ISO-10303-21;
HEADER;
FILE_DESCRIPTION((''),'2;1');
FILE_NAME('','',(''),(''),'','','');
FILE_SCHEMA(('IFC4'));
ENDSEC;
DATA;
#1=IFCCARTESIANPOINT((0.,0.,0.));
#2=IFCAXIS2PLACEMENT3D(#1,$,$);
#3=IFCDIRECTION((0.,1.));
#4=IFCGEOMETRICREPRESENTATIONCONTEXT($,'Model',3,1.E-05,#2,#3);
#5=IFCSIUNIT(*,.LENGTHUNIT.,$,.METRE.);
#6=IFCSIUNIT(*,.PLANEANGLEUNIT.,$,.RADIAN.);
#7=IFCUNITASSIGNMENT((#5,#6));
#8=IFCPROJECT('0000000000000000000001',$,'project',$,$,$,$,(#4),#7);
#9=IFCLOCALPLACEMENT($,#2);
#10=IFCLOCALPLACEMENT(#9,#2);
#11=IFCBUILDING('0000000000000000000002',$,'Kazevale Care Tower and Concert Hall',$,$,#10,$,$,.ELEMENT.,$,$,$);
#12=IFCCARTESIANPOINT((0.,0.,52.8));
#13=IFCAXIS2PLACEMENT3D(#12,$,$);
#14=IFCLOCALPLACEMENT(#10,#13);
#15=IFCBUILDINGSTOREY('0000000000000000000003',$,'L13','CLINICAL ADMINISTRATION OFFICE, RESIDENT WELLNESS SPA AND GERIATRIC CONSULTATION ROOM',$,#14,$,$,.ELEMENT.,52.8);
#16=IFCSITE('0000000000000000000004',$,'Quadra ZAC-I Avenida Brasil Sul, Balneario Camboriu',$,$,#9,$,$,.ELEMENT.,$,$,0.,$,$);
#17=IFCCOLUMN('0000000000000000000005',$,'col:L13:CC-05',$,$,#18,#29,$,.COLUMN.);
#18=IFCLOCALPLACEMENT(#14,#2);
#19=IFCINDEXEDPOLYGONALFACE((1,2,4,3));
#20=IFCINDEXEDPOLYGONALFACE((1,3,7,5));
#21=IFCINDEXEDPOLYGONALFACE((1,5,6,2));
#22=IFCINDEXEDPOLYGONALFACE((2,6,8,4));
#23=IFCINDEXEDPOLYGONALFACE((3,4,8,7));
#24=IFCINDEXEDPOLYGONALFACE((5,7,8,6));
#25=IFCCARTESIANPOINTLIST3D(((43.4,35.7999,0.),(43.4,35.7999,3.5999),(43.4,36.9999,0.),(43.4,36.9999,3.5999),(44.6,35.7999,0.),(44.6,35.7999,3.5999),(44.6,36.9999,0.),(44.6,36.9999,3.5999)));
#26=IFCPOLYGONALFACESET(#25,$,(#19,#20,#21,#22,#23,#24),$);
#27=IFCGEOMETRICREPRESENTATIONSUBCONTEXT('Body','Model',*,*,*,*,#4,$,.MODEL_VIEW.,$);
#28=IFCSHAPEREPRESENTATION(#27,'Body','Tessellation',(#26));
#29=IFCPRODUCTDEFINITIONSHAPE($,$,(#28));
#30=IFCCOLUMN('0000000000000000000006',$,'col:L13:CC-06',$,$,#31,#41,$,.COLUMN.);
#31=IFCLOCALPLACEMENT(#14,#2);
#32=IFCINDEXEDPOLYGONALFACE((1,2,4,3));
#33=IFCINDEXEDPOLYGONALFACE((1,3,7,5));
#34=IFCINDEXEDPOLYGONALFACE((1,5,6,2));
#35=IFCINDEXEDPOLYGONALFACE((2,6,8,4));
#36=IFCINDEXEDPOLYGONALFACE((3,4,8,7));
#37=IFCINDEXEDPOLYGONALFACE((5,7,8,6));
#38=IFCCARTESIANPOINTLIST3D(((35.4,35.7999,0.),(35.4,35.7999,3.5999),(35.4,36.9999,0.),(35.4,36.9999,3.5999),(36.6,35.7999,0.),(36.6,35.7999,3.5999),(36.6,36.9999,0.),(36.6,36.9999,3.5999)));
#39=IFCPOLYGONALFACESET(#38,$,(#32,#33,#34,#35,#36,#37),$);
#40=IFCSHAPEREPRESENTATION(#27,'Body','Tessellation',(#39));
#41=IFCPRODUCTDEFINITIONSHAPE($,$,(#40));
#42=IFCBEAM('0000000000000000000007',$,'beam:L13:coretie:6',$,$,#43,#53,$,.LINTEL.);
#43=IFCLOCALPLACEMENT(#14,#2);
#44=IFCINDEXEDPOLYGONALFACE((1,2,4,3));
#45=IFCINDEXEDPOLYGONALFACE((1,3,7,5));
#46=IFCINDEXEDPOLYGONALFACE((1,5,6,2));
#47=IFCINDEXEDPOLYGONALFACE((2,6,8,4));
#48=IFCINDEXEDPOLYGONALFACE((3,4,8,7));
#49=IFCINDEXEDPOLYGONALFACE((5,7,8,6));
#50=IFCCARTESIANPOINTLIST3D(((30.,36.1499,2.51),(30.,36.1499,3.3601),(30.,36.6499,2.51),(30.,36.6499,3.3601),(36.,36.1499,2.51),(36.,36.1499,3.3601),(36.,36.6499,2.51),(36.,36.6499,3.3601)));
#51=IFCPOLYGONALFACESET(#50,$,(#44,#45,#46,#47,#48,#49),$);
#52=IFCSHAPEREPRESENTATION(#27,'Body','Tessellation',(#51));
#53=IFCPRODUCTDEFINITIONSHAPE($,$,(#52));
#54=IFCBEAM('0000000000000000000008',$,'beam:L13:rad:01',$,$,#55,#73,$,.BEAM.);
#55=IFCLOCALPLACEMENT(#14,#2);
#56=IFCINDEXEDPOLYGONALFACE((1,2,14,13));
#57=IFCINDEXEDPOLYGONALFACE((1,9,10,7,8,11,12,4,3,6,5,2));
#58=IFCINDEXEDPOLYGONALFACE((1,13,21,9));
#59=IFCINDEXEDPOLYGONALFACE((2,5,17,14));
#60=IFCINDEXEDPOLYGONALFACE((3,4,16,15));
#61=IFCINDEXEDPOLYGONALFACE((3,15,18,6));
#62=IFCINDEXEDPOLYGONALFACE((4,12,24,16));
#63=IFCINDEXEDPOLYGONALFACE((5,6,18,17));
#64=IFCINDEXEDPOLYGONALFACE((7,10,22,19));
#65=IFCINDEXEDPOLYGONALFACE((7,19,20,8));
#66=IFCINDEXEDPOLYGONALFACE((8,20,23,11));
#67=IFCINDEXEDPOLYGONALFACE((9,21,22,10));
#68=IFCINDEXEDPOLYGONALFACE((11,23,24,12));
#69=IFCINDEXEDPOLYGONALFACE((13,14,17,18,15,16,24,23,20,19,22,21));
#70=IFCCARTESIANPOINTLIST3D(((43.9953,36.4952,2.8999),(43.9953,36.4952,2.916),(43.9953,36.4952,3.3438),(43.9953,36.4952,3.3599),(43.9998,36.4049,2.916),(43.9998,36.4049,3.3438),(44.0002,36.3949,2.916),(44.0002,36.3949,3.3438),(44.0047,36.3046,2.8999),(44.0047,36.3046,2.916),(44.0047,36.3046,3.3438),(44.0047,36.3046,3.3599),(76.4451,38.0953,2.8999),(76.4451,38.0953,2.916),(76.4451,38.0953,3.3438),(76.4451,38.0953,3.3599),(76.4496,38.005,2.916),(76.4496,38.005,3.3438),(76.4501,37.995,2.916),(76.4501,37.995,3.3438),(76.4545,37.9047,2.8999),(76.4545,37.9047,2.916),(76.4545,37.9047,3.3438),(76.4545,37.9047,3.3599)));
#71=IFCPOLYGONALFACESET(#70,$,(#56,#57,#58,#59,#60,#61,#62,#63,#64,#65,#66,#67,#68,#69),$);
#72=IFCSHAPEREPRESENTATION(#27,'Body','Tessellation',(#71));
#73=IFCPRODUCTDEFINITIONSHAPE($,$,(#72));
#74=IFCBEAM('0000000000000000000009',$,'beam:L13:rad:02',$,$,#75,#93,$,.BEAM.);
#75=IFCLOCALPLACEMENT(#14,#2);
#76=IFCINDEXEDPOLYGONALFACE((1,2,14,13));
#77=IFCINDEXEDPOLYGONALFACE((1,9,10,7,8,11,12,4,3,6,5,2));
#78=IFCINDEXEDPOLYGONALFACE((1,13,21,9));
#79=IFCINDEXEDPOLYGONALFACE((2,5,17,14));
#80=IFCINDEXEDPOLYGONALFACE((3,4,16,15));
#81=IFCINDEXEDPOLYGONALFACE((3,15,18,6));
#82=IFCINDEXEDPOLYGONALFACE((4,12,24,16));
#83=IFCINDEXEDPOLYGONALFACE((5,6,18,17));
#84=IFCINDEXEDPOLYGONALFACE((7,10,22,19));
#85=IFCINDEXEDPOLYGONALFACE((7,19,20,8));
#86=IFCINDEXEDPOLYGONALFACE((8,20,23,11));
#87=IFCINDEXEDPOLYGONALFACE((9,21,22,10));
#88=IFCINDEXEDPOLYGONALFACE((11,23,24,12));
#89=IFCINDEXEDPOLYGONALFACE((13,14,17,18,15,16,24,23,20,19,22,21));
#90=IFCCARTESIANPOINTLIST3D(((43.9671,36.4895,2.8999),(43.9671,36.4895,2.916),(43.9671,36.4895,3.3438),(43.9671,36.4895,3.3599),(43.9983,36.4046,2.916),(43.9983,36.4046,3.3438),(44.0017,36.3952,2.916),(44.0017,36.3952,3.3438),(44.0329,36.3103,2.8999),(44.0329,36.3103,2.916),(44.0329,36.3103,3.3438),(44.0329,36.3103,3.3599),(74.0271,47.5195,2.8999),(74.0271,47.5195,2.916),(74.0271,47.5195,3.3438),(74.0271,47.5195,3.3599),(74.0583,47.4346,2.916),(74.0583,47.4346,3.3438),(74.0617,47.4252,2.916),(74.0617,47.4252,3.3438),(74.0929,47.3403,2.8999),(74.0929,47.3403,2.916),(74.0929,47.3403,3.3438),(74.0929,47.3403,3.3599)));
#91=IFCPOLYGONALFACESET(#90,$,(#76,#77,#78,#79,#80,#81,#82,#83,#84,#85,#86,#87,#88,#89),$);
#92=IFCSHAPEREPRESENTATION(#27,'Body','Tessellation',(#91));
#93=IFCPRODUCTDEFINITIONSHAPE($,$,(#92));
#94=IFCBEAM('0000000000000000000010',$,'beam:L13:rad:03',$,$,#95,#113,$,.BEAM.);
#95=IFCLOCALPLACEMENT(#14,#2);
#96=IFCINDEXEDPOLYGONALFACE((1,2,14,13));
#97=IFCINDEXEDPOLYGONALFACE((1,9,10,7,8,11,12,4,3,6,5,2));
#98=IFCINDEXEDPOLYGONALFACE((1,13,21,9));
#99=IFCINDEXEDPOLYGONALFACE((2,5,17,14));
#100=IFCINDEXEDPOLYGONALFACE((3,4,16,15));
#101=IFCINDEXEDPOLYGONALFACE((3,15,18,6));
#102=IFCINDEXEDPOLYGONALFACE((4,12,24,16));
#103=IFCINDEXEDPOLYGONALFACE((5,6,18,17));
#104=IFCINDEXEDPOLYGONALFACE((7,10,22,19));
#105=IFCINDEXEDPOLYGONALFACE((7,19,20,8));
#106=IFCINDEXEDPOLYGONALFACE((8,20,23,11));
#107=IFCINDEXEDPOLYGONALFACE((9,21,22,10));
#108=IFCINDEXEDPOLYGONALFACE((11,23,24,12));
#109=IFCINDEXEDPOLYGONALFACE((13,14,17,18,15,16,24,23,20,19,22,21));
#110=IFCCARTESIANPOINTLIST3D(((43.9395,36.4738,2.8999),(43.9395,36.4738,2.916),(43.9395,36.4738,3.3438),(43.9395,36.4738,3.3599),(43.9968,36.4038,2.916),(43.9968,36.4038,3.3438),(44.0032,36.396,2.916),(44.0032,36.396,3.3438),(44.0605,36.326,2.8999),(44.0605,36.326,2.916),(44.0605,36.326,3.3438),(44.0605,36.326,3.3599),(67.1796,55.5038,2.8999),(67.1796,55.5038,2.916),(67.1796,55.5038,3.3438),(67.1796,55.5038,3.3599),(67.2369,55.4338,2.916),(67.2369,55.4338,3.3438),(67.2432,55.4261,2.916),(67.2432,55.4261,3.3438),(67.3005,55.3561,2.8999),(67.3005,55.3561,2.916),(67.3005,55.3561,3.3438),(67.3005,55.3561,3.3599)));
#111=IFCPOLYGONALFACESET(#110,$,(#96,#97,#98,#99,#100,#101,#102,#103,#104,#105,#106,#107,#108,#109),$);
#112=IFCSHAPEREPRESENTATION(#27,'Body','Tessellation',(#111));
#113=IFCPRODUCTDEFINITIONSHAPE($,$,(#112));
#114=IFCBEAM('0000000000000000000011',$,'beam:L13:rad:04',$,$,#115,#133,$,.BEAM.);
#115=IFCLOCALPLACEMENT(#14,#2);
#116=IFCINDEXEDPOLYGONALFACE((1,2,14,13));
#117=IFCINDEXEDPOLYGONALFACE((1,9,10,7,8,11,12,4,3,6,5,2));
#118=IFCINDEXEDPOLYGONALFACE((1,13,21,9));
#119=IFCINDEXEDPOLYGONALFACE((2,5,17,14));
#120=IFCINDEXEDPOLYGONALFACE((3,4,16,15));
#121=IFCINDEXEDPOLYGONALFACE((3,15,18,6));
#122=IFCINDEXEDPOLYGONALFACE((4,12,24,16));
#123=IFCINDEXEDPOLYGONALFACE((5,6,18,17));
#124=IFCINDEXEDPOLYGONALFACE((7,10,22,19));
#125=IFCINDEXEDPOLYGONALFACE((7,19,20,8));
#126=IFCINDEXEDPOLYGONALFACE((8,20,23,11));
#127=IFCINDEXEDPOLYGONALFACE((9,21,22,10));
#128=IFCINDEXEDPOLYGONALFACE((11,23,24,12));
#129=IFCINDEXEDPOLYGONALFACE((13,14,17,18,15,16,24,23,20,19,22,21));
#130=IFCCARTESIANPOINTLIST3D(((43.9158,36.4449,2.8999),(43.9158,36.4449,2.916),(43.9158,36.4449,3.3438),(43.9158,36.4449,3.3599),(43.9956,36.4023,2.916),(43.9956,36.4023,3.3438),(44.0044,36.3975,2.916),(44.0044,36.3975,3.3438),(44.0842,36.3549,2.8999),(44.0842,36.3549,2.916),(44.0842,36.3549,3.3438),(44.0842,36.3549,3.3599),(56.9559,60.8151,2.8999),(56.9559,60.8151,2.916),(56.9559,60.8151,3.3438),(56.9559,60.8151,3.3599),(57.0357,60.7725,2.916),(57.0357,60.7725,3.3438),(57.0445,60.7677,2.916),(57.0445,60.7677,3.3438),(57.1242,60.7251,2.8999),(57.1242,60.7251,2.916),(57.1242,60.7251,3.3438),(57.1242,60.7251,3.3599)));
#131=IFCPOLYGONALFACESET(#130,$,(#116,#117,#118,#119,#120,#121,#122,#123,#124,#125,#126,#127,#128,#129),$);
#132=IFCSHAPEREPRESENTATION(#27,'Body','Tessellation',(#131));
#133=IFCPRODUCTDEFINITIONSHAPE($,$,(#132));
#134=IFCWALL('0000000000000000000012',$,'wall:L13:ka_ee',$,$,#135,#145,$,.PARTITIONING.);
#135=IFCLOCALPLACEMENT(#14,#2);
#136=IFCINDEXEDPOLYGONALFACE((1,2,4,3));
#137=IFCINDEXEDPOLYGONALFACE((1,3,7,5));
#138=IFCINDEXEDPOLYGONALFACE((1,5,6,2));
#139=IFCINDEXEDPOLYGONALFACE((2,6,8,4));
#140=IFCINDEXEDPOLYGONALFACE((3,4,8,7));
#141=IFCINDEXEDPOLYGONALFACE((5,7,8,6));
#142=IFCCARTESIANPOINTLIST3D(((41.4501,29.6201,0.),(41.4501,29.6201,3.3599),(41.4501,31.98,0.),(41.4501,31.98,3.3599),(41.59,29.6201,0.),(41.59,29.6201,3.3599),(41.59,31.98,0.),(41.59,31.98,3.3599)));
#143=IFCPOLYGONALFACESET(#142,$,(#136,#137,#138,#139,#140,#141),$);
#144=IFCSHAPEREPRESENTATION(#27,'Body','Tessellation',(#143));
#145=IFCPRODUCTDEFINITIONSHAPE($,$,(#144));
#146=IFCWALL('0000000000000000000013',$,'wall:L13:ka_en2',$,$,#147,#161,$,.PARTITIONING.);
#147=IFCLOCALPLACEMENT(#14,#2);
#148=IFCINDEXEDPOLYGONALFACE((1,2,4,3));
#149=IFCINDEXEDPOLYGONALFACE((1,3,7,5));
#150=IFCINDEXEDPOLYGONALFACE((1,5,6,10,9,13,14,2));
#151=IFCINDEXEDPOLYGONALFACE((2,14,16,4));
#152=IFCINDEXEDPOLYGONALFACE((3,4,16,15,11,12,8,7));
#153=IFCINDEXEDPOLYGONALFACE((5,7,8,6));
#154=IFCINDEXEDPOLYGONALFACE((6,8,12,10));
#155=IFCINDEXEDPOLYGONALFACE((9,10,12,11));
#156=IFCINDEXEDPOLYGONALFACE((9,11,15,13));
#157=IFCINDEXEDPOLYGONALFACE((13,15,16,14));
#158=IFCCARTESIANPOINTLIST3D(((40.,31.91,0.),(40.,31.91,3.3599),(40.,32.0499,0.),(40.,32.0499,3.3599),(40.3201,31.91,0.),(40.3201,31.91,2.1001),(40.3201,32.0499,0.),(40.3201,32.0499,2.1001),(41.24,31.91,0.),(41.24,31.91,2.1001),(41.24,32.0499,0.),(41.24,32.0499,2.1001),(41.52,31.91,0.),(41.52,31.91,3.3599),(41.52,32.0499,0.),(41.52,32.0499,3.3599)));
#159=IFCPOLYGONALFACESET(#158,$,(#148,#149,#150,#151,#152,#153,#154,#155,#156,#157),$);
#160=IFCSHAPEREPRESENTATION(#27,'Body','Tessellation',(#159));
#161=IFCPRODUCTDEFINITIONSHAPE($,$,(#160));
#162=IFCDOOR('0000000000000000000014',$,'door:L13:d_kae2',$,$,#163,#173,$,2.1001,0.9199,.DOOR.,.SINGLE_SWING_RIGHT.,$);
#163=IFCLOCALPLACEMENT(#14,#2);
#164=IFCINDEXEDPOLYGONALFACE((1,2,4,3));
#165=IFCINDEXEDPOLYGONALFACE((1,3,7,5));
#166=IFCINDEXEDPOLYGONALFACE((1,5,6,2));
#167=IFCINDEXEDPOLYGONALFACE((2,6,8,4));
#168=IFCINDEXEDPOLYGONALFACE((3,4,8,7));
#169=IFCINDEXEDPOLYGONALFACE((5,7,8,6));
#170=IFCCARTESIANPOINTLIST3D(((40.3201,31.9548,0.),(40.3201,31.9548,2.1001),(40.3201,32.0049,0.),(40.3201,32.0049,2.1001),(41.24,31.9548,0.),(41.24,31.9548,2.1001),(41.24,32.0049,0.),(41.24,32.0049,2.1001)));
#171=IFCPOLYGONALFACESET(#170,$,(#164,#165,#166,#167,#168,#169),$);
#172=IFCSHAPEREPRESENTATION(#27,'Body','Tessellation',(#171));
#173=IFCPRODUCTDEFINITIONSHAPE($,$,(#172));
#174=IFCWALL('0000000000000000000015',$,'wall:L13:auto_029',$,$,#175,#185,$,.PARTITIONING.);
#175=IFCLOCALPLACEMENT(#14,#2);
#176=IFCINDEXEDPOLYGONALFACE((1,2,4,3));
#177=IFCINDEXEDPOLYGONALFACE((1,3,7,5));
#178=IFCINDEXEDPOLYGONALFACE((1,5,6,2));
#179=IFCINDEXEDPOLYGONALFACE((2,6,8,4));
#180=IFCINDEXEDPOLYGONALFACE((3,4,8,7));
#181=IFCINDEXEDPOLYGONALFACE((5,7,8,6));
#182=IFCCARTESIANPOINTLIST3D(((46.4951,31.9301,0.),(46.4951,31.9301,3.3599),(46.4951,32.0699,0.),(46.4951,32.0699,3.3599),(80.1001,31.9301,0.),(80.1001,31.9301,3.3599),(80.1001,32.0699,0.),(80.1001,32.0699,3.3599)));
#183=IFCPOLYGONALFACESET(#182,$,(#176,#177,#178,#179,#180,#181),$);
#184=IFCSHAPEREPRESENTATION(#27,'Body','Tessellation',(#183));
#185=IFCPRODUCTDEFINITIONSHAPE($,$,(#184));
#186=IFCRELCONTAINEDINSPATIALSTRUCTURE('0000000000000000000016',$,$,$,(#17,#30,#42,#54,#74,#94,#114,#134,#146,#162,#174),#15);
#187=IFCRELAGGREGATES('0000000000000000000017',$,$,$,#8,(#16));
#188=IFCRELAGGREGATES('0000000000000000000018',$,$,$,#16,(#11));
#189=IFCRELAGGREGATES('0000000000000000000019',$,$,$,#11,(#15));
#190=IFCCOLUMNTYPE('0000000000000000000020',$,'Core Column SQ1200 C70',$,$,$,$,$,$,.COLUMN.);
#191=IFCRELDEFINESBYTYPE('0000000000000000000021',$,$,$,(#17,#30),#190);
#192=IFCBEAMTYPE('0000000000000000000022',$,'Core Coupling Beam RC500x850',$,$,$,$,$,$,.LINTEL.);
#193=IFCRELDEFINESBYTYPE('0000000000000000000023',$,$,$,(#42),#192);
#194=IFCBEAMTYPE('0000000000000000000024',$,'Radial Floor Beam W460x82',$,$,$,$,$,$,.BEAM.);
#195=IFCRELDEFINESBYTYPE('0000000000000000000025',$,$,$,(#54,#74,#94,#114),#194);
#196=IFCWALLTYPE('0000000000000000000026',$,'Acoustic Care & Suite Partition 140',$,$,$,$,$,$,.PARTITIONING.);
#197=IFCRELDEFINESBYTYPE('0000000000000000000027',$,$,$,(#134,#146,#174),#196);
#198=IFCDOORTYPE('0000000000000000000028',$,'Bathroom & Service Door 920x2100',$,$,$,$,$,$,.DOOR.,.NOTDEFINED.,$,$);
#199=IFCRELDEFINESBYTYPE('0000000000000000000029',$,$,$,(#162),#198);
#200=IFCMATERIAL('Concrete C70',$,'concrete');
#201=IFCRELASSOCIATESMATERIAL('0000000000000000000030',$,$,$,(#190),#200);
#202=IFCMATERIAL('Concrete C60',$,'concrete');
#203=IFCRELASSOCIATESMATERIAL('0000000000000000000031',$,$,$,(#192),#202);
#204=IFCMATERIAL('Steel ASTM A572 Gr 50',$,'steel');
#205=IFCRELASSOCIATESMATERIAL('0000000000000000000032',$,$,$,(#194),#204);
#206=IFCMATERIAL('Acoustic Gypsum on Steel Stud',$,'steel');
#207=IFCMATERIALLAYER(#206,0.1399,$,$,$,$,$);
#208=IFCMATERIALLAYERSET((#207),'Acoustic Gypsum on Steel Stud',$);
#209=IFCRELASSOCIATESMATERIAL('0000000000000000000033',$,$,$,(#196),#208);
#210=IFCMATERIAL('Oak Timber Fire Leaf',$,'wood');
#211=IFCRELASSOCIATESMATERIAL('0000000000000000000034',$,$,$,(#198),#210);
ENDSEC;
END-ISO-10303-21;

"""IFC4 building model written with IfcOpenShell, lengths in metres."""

from ifc_helpers import new_model, si_unit, direction, frame, frame_2d, origin, origin_2d, place, context, subcontext, project, spatial, rectangle, i_section, extrude, material, layer, layer_set, material_profile, profile_set, type_object, element, fill, save


model = new_model("IFC4")

# Units and contexts
model_context = context("Model", 3, precision=1e-05, world=origin(), true_north=direction((0.0, 1.0)))
body_context = subcontext(model_context, "Body", "Model", "MODEL_VIEW")
ifc_project = project(units=[si_unit("LENGTHUNIT", "METRE"), si_unit("PLANEANGLEUNIT", "RADIAN")], contexts=[model_context])

# Site, building, storey
site_placement = place(None, origin())
site = spatial("IfcSite", under=ifc_project, at=site_placement, Name="Quadra ZAC-I Avenida Brasil Sul, Balneario Camboriu", CompositionType="ELEMENT", RefElevation=0.0)
building_placement = place(site_placement, origin())
building = spatial("IfcBuilding", under=site, at=building_placement, Name="Kazevale Care Tower and Concert Hall", CompositionType="ELEMENT")
storey_placement = place(building_placement, frame((0.0, 0.0, 52.8)))
storey = spatial("IfcBuildingStorey", under=building, at=storey_placement, Name="L13", Description="CLINICAL ADMINISTRATION OFFICE, RESIDENT WELLNESS SPA AND GERIATRIC CONSULTATION ROOM", CompositionType="ELEMENT", Elevation=52.8)

# Columns
ifc_material_1 = material(Name="Concrete C70", Category="concrete")
ifc_material_profile_1 = material_profile(ifc_material_1, rectangle(XDim=1.2, YDim=1.2, at=origin_2d()), Name="RC-SQ1200")
ifc_profile_set_1 = profile_set([ifc_material_profile_1], Name="Concrete C70")
column_type = type_object("IfcColumnType", Name="Core Column SQ1200 C70", PredefinedType="COLUMN", material=ifc_profile_set_1)
for number, where, z_axis, x_axis, name in (
    (1, (44.0, 36.3999, 0.0), (0.0, 0.0, 1.0), (1.0, 0.0, 0.0), "col:L13:CC-05"),
    (2, (36.0, 36.3999, 0.0), (0.0, 0.0, 1.0), (1.0, 0.0, 0.0), "col:L13:CC-06"),
):
    element("IfcColumn", number, at=place(storey_placement, frame(where, z_axis=z_axis, x_axis=x_axis)), inside=storey, type_object=column_type, Name=name, PredefinedType="COLUMN", context=body_context, shape_type="SweptSolid", body=[
        extrude(rectangle(XDim=1.2, YDim=1.2, at=origin_2d()), origin(), (0.0, 0.0, 1.0), 3.5999),
    ])

# Beams
ifc_material_2 = material(Name="Concrete C60", Category="concrete")
ifc_material_profile_2 = material_profile(ifc_material_2, rectangle(XDim=0.5, YDim=0.8501, at=origin_2d()), Name="RC-B500x850")
ifc_profile_set_2 = profile_set([ifc_material_profile_2], Name="Concrete C60")
beam_type_1 = type_object("IfcBeamType", Name="Core Coupling Beam RC500x850", PredefinedType="LINTEL", material=ifc_profile_set_2)
beam_1_placement = place(storey_placement, frame((36.0, 36.3999, 2.9351), z_axis=(-1.0, 0.0, 0.0), x_axis=(0.0, -1.0, 0.0)))
element("IfcBeam", 3, at=beam_1_placement, inside=storey, type_object=beam_type_1, Name="beam:L13:coretie:6", PredefinedType="LINTEL", context=body_context, shape_type="SweptSolid", body=[
    extrude(rectangle(XDim=0.5, YDim=0.8501, at=origin_2d()), origin(), (0.0, 0.0, 1.0), 6.0),
])
ifc_material_3 = material(Name="Steel ASTM A572 Gr 50", Category="steel")
ifc_material_profile_3 = material_profile(ifc_material_3, i_section(OverallWidth=0.1909, OverallDepth=0.46, WebThickness=0.01, FlangeThickness=0.0161, at=origin_2d()), Name="W460x82")
ifc_profile_set_3 = profile_set([ifc_material_profile_3], Name="Steel ASTM A572 Gr 50")
beam_type_2 = type_object("IfcBeamType", Name="Radial Floor Beam W460x82", PredefinedType="BEAM", material=ifc_profile_set_3)
beam_2_placement = place(storey_placement, frame((44.0, 36.3999, 3.1299), z_axis=(0.998786, 0.04925, 0.0), x_axis=(-0.04925, 0.998786, 0.0)))
element("IfcBeam", 4, at=beam_2_placement, inside=storey, type_object=beam_type_2, Name="beam:L13:rad:01", PredefinedType="BEAM", context=body_context, shape_type="SweptSolid", body=[
    extrude(i_section(OverallWidth=0.1909, OverallDepth=0.46, WebThickness=0.01, FlangeThickness=0.0161, at=origin_2d()), origin(), (0.0, 0.0, 1.0), 32.4893),
])
beam_3_placement = place(storey_placement, frame((44.0, 36.3999, 3.1299), z_axis=(0.938795, 0.344475, 0.0), x_axis=(-0.344475, 0.938795, 0.0)))
element("IfcBeam", 5, at=beam_3_placement, inside=storey, type_object=beam_type_2, Name="beam:L13:rad:02", PredefinedType="BEAM", context=body_context, shape_type="SweptSolid", body=[
    extrude(i_section(OverallWidth=0.1909, OverallDepth=0.46, WebThickness=0.01, FlangeThickness=0.0161, at=origin_2d()), origin(), (0.0, 0.0, 1.0), 32.0198),
])
beam_4_placement = place(storey_placement, frame((44.0, 36.3999, 3.1299), z_axis=(0.773704, 0.633547, 0.0), x_axis=(-0.633547, 0.773704, 0.0)))
element("IfcBeam", 6, at=beam_4_placement, inside=storey, type_object=beam_type_2, Name="beam:L13:rad:03", PredefinedType="BEAM", context=body_context, shape_type="SweptSolid", body=[
    extrude(i_section(OverallWidth=0.1909, OverallDepth=0.46, WebThickness=0.01, FlangeThickness=0.0161, at=origin_2d()), origin(), (0.0, 0.0, 1.0), 30.0374),
])
beam_5_placement = place(storey_placement, frame((44.0, 36.3999, 3.1299), z_axis=(0.471789, 0.881712, 0.0), x_axis=(-0.881712, 0.471789, 0.0)))
element("IfcBeam", 7, at=beam_5_placement, inside=storey, type_object=beam_type_2, Name="beam:L13:rad:04", PredefinedType="BEAM", context=body_context, shape_type="SweptSolid", body=[
    extrude(i_section(OverallWidth=0.1909, OverallDepth=0.46, WebThickness=0.01, FlangeThickness=0.0161, at=origin_2d()), origin(), (0.0, 0.0, 1.0), 27.6396),
])

# Wall
ifc_material_4 = material(Name="Acoustic Gypsum on Steel Stud", Category="steel")
ifc_layer_1 = layer(ifc_material_4, 0.1399)
ifc_layer_set_1 = layer_set([ifc_layer_1], Name="Acoustic Gypsum on Steel Stud")
wall_type_1 = type_object("IfcWallType", Name="Acoustic Care & Suite Partition 140", PredefinedType="PARTITIONING", material=ifc_layer_set_1)
wall_1_placement = place(storey_placement, frame((41.52, 29.6201, 0.0), z_axis=(0.0, 0.0, 1.0), x_axis=(0.0, 1.0, 0.0)))
element("IfcWall", 8, at=wall_1_placement, inside=storey, type_object=wall_type_1, Name="wall:L13:ka_ee", PredefinedType="PARTITIONING", context=body_context, shape_type="SweptSolid", body=[
    extrude(rectangle(XDim=2.3599, YDim=0.1399, at=frame_2d((1.1799, 0.0))), origin(), (0.0, 0.0, 1.0), 3.3599),
])

# Wall, opening, door
wall_2_placement = place(storey_placement, frame((40.0, 31.98, 0.0), z_axis=(0.0, 0.0, 1.0), x_axis=(1.0, 0.0, 0.0)))
wall_2 = element("IfcWall", 9, at=wall_2_placement, inside=storey, type_object=wall_type_1, Name="wall:L13:ka_en2", PredefinedType="PARTITIONING", context=body_context, shape_type="SweptSolid", body=[
    extrude(rectangle(XDim=1.52, YDim=0.1399, at=frame_2d((0.76, 0.0))), origin(), (0.0, 0.0, 1.0), 3.3599),
])
opening_1_placement = place(wall_2_placement, frame((0.3201, 0.0, 0.0)))
opening_1 = element("IfcOpeningElement", 10, at=opening_1_placement, cuts=wall_2, PredefinedType="OPENING", context=body_context, shape_type="SweptSolid", body=[
    extrude(rectangle(XDim=0.9199, YDim=2.1001, at=frame_2d((0.46, 1.05))), frame((0.0, 0.0798, 0.0), z_axis=(0.0, -1.0, 0.0), x_axis=(1.0, 0.0, 0.0)), (0.0, 0.0, 1.0), 0.1599),
])
ifc_material_5 = material(Name="Oak Timber Fire Leaf", Category="wood")
door_type_1 = type_object("IfcDoorType", Name="Bathroom & Service Door 920x2100", OperationType="NOTDEFINED", PredefinedType="DOOR", material=ifc_material_5)
door_1_placement = place(opening_1_placement, origin())
door_1 = element("IfcDoor", 11, at=door_1_placement, inside=storey, type_object=door_type_1, Name="door:L13:d_kae2", OperationType="SINGLE_SWING_RIGHT", OverallHeight=2.1001, OverallWidth=0.9199, PredefinedType="DOOR", context=body_context, shape_type="SweptSolid", body=[
    extrude(rectangle(XDim=0.9199, YDim=2.1001, at=frame_2d((0.46, 1.05))), frame((0.0, 0.0249, 0.0), z_axis=(0.0, -1.0, 0.0), x_axis=(1.0, 0.0, 0.0)), (0.0, 0.0, 1.0), 0.05),
])
fill(opening_1, door_1)

# Wall
wall_3_placement = place(storey_placement, frame((46.4951, 32.0, 0.0), z_axis=(0.0, 0.0, 1.0), x_axis=(1.0, 0.0, 0.0)))
element("IfcWall", 12, at=wall_3_placement, inside=storey, type_object=wall_type_1, Name="wall:L13:auto_029", PredefinedType="PARTITIONING", context=body_context, shape_type="SweptSolid", body=[
    extrude(rectangle(XDim=33.605, YDim=0.1399, at=frame_2d((16.8025, 0.0))), origin(), (0.0, 0.0, 1.0), 3.3599),
])

save(model, "model.ifc")
